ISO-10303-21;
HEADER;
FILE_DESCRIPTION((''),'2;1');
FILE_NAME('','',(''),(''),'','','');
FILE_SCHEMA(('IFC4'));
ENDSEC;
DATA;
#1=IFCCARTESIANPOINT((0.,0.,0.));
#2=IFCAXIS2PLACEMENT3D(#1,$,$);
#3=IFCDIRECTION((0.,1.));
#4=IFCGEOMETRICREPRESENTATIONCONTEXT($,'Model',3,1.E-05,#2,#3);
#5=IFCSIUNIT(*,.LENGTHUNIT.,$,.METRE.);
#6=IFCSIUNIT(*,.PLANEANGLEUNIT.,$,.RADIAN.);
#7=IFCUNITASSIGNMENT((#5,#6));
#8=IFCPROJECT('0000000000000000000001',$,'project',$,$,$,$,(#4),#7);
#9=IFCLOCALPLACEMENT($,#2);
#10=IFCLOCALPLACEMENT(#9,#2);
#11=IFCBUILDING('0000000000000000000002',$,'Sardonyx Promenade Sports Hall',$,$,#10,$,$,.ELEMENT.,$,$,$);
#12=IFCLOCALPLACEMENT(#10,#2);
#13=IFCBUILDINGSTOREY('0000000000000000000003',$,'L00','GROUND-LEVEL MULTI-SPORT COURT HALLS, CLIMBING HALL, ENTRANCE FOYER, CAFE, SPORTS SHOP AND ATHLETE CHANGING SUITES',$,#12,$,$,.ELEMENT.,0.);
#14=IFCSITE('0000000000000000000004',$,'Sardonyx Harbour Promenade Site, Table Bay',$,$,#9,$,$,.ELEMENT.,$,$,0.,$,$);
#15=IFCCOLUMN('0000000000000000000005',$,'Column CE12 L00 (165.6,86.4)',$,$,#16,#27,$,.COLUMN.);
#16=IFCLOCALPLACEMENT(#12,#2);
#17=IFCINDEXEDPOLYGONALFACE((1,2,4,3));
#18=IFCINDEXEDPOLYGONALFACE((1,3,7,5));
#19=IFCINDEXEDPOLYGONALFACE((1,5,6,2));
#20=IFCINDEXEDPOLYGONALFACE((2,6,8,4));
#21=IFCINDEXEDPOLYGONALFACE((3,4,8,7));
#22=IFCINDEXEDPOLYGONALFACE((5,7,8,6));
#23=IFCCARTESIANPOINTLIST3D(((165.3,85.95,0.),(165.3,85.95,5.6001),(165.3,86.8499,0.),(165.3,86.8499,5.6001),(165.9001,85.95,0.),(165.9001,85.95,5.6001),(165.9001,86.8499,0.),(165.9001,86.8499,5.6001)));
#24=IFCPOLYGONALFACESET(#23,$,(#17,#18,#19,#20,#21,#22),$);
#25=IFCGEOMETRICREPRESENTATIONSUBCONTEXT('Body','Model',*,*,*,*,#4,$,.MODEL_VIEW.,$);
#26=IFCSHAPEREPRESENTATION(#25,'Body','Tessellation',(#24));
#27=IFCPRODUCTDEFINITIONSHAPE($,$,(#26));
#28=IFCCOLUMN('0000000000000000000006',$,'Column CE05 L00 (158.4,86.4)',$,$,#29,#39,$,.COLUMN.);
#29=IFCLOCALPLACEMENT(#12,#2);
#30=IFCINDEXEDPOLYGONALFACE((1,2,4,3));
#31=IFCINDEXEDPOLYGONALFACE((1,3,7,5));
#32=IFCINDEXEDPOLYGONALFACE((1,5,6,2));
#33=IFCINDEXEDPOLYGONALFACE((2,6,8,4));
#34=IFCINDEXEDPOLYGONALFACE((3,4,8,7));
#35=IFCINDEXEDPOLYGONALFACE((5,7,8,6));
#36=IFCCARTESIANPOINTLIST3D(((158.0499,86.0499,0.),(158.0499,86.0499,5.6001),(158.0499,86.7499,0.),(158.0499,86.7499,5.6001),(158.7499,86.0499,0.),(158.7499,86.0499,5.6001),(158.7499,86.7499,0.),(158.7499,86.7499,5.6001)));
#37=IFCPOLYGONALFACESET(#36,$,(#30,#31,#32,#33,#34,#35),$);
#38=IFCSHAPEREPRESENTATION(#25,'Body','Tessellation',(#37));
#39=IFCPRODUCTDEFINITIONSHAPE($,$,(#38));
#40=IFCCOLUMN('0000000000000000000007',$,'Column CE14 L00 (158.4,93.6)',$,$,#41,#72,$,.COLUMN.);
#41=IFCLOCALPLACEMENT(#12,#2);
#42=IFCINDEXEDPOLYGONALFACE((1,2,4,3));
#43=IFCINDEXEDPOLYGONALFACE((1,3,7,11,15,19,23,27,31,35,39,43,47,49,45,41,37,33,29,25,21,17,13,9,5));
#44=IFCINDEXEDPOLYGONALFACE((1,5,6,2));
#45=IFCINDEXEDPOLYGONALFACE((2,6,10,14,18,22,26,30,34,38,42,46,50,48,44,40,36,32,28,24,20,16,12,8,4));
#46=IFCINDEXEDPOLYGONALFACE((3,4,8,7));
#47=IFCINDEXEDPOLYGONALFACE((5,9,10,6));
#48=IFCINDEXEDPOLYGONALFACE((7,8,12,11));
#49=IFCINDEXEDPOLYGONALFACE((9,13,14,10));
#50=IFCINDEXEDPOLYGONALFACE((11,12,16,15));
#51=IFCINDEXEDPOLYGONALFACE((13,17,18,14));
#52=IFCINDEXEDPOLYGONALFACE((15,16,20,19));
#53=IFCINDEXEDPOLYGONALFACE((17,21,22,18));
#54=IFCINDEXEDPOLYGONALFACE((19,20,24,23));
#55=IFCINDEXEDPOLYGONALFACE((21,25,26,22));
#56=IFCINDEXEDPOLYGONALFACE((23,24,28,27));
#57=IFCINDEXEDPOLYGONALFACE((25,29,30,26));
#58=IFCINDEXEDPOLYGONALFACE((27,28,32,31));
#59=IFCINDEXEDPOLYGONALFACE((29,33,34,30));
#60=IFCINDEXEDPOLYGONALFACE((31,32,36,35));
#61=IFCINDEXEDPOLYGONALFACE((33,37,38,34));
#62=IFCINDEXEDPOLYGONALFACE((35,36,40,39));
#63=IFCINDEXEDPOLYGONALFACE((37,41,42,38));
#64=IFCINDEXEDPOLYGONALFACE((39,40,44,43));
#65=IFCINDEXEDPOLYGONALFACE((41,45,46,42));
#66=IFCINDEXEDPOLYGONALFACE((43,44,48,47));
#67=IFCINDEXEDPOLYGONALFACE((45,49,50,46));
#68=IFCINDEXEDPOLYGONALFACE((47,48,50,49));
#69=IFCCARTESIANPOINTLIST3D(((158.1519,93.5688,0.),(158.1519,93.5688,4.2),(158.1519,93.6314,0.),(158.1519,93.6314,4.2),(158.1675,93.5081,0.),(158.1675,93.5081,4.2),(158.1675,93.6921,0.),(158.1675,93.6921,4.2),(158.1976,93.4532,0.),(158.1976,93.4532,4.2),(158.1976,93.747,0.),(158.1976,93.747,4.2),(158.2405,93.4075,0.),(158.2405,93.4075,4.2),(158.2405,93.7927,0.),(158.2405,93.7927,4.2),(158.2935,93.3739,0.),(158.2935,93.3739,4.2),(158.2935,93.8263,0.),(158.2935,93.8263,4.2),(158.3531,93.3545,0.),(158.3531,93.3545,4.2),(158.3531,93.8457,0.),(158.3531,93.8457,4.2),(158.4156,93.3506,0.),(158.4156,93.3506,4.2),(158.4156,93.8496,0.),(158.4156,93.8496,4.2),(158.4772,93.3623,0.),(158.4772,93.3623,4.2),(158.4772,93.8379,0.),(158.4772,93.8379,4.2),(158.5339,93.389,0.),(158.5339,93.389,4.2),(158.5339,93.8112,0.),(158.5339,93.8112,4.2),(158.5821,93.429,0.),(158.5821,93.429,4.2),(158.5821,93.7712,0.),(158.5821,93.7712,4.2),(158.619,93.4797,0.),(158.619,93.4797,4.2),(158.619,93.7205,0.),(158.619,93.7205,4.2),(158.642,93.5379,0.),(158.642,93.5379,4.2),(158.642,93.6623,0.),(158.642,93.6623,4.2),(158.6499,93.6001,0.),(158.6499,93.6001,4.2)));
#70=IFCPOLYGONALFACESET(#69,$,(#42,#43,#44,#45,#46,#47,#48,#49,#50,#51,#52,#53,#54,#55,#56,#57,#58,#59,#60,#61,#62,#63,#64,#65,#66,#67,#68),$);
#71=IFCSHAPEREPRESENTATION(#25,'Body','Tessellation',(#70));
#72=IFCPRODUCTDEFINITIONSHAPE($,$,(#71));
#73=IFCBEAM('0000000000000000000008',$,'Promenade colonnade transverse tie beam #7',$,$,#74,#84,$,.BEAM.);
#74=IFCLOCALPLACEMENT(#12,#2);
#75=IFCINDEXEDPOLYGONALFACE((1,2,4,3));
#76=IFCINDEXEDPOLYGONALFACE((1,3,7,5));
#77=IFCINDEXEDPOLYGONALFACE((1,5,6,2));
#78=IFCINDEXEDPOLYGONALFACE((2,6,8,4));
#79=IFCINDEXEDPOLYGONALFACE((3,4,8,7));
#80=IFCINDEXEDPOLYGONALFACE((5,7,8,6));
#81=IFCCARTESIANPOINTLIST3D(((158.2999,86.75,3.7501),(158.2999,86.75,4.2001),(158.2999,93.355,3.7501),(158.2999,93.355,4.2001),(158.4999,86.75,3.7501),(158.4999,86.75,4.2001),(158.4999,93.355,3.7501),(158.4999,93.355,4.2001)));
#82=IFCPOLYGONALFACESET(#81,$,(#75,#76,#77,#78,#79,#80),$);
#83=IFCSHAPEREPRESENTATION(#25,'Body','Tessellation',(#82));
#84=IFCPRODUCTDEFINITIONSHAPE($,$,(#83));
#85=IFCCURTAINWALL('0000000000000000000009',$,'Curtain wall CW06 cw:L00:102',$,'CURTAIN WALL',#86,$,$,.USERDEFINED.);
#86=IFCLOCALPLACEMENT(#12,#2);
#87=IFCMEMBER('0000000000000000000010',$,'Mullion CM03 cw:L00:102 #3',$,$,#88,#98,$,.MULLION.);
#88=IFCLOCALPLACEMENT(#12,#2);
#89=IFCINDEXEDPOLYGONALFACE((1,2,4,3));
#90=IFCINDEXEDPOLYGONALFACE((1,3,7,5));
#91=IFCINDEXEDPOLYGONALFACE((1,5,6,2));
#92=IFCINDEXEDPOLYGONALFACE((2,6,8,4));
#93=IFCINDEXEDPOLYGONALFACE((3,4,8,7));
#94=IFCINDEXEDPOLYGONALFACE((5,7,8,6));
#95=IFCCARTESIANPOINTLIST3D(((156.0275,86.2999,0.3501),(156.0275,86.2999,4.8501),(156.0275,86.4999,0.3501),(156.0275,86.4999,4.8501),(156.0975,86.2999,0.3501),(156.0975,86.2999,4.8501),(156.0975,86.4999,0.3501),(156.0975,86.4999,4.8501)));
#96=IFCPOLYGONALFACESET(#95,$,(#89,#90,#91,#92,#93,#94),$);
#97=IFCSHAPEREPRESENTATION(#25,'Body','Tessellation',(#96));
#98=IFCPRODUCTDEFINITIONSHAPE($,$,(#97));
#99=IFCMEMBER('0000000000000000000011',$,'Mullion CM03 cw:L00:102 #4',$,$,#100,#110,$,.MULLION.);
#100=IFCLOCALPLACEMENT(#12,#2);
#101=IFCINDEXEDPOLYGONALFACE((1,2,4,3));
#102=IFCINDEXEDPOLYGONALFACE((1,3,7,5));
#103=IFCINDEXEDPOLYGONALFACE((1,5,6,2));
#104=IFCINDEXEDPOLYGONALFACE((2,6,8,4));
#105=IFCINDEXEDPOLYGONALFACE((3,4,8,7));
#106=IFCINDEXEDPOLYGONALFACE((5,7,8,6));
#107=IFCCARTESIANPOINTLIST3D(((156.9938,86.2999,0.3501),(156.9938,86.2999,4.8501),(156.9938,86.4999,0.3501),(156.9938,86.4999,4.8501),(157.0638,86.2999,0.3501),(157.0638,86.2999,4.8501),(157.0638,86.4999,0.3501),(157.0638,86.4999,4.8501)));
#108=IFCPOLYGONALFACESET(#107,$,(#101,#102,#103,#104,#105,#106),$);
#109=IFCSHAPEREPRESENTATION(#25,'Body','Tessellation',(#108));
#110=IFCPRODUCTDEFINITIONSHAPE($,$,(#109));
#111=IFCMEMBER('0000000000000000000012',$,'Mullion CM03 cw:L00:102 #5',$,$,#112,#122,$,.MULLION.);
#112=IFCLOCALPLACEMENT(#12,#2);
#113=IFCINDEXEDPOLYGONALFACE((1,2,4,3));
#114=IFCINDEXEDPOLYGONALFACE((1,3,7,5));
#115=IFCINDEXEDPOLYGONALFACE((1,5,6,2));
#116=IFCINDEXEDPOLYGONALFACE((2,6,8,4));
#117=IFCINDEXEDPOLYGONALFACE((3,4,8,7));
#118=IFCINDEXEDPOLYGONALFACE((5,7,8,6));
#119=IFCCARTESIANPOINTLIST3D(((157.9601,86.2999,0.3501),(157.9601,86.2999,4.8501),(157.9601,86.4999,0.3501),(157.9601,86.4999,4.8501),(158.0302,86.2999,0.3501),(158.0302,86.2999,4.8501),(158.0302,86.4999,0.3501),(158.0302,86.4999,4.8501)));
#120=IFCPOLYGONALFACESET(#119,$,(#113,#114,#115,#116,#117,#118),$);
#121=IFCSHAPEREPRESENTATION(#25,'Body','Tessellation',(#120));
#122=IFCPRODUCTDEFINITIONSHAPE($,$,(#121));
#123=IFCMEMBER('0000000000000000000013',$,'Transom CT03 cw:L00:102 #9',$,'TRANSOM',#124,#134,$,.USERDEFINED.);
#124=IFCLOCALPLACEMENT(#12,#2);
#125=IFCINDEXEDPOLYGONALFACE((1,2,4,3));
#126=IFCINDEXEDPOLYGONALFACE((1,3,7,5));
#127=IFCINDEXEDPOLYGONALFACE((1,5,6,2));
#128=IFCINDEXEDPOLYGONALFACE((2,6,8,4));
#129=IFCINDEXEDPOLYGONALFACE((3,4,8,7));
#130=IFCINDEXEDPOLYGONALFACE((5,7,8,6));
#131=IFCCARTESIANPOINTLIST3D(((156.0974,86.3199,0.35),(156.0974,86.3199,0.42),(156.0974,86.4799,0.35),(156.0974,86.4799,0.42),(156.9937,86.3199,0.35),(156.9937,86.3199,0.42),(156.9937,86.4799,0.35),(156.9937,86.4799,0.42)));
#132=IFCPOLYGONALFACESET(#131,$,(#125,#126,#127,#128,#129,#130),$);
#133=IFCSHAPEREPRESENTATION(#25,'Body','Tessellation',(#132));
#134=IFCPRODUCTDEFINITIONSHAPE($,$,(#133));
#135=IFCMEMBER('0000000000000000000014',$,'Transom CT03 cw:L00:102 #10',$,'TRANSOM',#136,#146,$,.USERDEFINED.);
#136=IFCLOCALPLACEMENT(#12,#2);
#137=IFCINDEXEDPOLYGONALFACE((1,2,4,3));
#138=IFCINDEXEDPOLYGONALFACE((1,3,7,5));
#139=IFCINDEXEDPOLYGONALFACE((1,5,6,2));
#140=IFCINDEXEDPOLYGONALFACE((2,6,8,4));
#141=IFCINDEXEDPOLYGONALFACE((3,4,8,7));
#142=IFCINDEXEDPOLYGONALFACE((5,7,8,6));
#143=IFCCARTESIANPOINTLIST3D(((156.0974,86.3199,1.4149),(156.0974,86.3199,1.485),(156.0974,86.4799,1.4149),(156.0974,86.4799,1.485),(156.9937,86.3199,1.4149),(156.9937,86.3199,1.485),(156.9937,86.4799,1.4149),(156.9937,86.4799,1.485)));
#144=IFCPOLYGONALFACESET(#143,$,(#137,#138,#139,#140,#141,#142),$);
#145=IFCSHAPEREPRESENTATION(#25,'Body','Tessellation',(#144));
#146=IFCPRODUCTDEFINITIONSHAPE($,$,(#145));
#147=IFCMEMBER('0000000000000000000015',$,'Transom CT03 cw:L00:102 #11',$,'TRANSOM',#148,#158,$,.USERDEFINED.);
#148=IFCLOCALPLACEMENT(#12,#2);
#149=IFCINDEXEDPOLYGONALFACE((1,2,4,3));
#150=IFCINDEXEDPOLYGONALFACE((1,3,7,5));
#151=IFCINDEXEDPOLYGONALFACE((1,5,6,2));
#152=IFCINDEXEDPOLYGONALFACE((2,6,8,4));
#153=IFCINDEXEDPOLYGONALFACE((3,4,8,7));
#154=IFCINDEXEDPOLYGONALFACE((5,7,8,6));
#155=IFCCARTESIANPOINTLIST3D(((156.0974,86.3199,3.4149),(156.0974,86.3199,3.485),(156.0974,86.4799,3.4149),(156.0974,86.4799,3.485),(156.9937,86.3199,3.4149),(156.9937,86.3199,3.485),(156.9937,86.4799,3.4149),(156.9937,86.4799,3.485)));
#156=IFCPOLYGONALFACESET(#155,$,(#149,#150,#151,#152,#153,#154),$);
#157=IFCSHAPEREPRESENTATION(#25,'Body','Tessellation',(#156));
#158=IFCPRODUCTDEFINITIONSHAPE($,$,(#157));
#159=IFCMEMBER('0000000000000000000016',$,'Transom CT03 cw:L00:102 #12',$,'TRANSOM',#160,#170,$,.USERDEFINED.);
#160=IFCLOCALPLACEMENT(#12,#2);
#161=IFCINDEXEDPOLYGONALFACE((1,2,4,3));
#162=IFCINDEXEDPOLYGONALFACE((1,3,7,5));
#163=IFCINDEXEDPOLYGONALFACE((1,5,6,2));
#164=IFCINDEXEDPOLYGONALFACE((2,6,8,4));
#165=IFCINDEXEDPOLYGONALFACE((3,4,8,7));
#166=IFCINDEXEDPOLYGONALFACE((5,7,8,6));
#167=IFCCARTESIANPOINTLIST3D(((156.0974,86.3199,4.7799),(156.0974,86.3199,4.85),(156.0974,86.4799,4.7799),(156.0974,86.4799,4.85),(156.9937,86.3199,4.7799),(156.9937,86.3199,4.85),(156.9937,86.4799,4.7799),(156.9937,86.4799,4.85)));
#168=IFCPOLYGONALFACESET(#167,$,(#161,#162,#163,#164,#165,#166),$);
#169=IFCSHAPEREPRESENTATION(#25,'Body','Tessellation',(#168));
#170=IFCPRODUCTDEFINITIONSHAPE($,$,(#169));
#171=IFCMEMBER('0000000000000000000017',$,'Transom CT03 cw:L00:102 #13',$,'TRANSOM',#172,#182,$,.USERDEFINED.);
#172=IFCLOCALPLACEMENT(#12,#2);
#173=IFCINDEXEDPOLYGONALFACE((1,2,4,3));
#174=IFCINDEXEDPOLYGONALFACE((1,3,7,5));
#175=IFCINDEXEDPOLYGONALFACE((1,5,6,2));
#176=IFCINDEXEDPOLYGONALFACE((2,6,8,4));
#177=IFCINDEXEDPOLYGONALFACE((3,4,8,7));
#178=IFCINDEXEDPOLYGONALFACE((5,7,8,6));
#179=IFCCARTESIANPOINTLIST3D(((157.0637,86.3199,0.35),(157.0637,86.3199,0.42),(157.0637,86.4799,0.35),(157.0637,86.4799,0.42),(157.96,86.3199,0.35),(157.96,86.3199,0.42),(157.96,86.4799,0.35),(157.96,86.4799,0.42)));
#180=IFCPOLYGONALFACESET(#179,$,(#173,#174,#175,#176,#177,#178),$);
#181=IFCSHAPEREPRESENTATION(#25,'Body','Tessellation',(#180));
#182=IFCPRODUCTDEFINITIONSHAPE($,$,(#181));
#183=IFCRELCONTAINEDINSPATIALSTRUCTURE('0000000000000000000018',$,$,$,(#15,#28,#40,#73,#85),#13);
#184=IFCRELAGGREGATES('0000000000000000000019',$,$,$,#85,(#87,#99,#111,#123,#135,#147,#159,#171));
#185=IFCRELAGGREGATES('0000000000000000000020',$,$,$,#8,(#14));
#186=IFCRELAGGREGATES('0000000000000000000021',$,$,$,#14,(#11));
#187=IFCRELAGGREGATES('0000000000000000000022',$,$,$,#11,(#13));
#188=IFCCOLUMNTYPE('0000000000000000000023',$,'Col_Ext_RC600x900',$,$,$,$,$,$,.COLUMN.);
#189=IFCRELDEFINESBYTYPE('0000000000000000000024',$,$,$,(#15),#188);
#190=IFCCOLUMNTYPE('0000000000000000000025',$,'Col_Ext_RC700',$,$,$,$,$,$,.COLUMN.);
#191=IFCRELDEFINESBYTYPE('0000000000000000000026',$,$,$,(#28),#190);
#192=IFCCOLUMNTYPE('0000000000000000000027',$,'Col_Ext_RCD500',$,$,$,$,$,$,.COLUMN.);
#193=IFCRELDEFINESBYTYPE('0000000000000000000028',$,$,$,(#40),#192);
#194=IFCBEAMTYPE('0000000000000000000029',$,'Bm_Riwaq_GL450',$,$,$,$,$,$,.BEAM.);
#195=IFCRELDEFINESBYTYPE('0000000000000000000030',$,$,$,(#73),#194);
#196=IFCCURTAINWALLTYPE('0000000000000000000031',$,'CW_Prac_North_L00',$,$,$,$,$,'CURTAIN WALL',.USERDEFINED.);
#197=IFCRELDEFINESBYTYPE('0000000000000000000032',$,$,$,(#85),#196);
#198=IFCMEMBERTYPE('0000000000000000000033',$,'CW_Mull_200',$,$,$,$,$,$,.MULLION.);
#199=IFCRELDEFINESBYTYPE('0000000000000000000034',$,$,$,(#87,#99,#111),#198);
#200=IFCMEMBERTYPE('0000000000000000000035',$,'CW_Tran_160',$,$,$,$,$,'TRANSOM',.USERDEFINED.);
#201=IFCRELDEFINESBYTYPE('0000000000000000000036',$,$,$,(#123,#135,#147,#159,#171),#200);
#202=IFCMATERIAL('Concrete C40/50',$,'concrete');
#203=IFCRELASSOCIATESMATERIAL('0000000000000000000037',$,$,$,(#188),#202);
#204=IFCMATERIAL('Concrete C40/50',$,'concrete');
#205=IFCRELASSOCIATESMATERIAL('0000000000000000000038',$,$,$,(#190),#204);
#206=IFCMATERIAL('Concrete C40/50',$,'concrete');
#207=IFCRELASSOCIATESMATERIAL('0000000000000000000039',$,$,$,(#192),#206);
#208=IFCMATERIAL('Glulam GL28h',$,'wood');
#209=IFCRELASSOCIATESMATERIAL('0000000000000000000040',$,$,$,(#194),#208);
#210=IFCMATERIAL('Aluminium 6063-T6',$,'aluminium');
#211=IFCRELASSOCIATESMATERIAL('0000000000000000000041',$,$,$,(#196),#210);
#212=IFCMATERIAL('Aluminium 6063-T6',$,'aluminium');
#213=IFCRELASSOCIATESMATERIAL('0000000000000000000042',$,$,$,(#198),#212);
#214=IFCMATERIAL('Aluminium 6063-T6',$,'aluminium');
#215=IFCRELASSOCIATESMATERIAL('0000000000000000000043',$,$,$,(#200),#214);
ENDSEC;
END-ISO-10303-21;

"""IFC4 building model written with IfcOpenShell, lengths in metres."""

from ifc_helpers import new_model, si_unit, direction, frame, origin, origin_2d, place, context, subcontext, project, spatial, rectangle, circle, extrude, material, material_profile, profile_set, type_object, element, aggregate, save


model = new_model("IFC4")

# Units and contexts
model_context = context("Model", 3, precision=1e-05, world=origin(), true_north=direction((0.0, 1.0)))
body_context = subcontext(model_context, "Body", "Model", "MODEL_VIEW")
ifc_project = project(units=[si_unit("LENGTHUNIT", "METRE"), si_unit("PLANEANGLEUNIT", "RADIAN")], contexts=[model_context])

# Site, building, storey
site_placement = place(None, origin())
site = spatial("IfcSite", under=ifc_project, at=site_placement, Name="Sardonyx Harbour Promenade Site, Table Bay", CompositionType="ELEMENT", RefElevation=0.0)
building_placement = place(site_placement, origin())
building = spatial("IfcBuilding", under=site, at=building_placement, Name="Sardonyx Promenade Sports Hall", CompositionType="ELEMENT")
storey_placement = place(building_placement, origin())
storey = spatial("IfcBuildingStorey", under=building, at=storey_placement, Name="L00", Description="GROUND-LEVEL MULTI-SPORT COURT HALLS, CLIMBING HALL, ENTRANCE FOYER, CAFE, SPORTS SHOP AND ATHLETE CHANGING SUITES", CompositionType="ELEMENT", Elevation=0.0)

# Columns
ifc_material_1 = material(Name="Concrete C40/50", Category="concrete")
ifc_material_profile_1 = material_profile(ifc_material_1, rectangle(XDim=0.6001, YDim=0.8999, at=origin_2d()))
ifc_profile_set_1 = profile_set([ifc_material_profile_1], Name="Concrete C40/50")
column_type_1 = type_object("IfcColumnType", Name="Col_Ext_RC600x900", PredefinedType="COLUMN", material=ifc_profile_set_1)
column_1_placement = place(storey_placement, frame((165.6001, 86.3999, 0.0), z_axis=(0.0, 0.0, 1.0), x_axis=(1.0, 0.0, 0.0)))
element("IfcColumn", 1, at=column_1_placement, inside=storey, type_object=column_type_1, Name="Column CE12 L00 (165.6,86.4)", PredefinedType="COLUMN", context=body_context, shape_type="SweptSolid", body=[
    extrude(rectangle(XDim=0.6001, YDim=0.8999, at=origin_2d()), origin(), (0.0, 0.0, 1.0), 5.6001),
])
ifc_material_2 = material(Name="Concrete C40/50", Category="concrete")
ifc_material_profile_2 = material_profile(ifc_material_2, rectangle(XDim=0.7, YDim=0.7, at=origin_2d()))
ifc_profile_set_2 = profile_set([ifc_material_profile_2], Name="Concrete C40/50")
column_type_2 = type_object("IfcColumnType", Name="Col_Ext_RC700", PredefinedType="COLUMN", material=ifc_profile_set_2)
column_2_placement = place(storey_placement, frame((158.3999, 86.3999, 0.0), z_axis=(0.0, 0.0, 1.0), x_axis=(1.0, 0.0, 0.0)))
element("IfcColumn", 2, at=column_2_placement, inside=storey, type_object=column_type_2, Name="Column CE05 L00 (158.4,86.4)", PredefinedType="COLUMN", context=body_context, shape_type="SweptSolid", body=[
    extrude(rectangle(XDim=0.7, YDim=0.7, at=origin_2d()), origin(), (0.0, 0.0, 1.0), 5.6001),
])
ifc_material_3 = material(Name="Concrete C40/50", Category="concrete")
ifc_material_profile_3 = material_profile(ifc_material_3, circle(Radius=0.25, at=origin_2d()))
ifc_profile_set_3 = profile_set([ifc_material_profile_3], Name="Concrete C40/50")
column_type_3 = type_object("IfcColumnType", Name="Col_Ext_RCD500", PredefinedType="COLUMN", material=ifc_profile_set_3)
column_3_placement = place(storey_placement, frame((158.3999, 93.6001, 0.0), z_axis=(0.0, 0.0, 1.0), x_axis=(1.0, 0.0, 0.0)))
element("IfcColumn", 3, at=column_3_placement, inside=storey, type_object=column_type_3, Name="Column CE14 L00 (158.4,93.6)", PredefinedType="COLUMN", context=body_context, shape_type="SweptSolid", body=[
    extrude(circle(Radius=0.25, at=origin_2d()), origin(), (0.0, 0.0, 1.0), 4.2),
])

# Beam
ifc_material_4 = material(Name="Glulam GL28h", Category="wood")
ifc_material_profile_4 = material_profile(ifc_material_4, rectangle(XDim=0.2, YDim=0.45, at=origin_2d()))
ifc_profile_set_4 = profile_set([ifc_material_profile_4], Name="Glulam GL28h")
beam_type = type_object("IfcBeamType", Name="Bm_Riwaq_GL450", PredefinedType="BEAM", material=ifc_profile_set_4)
beam_placement = place(storey_placement, frame((158.3999, 86.75, 3.9751), z_axis=(0.0, 1.0, 0.0), x_axis=(-1.0, 0.0, 0.0)))
element("IfcBeam", 4, at=beam_placement, inside=storey, type_object=beam_type, Name="Promenade colonnade transverse tie beam #7", PredefinedType="BEAM", context=body_context, shape_type="SweptSolid", body=[
    extrude(rectangle(XDim=0.2, YDim=0.45, at=origin_2d()), origin(), (0.0, 0.0, 1.0), 6.605),
])

# Curtain wall, members
ifc_material_5 = material(Name="Aluminium 6063-T6", Category="aluminium")
curtain_wall_type = type_object("IfcCurtainWallType", Name="CW_Prac_North_L00", ElementType="CURTAIN WALL", PredefinedType="USERDEFINED", material=ifc_material_5)
curtain_wall_placement = place(storey_placement, origin())
curtain_wall = element("IfcCurtainWall", 5, at=curtain_wall_placement, inside=storey, type_object=curtain_wall_type, Name="Curtain wall CW06 cw:L00:102", ObjectType="CURTAIN WALL", PredefinedType="USERDEFINED")
ifc_material_6 = material(Name="Aluminium 6063-T6", Category="aluminium")
ifc_material_profile_5 = material_profile(ifc_material_6, rectangle(XDim=0.0701, YDim=0.2, at=origin_2d()))
ifc_profile_set_5 = profile_set([ifc_material_profile_5], Name="Aluminium 6063-T6")
member_type_1 = type_object("IfcMemberType", Name="CW_Mull_200", PredefinedType="MULLION", material=ifc_profile_set_5)
member_1_placement = place(storey_placement, frame((156.0625, 86.3999, 0.3501), z_axis=(0.0, 0.0, 1.0), x_axis=(1.0, 0.0, 0.0)))
member_1 = element("IfcMember", 6, at=member_1_placement, type_object=member_type_1, Name="Mullion CM03 cw:L00:102 #3", PredefinedType="MULLION", context=body_context, shape_type="SweptSolid", body=[
    extrude(rectangle(XDim=0.0701, YDim=0.2, at=origin_2d()), origin(), (0.0, 0.0, 1.0), 4.5),
])
member_2_placement = place(storey_placement, frame((157.0288, 86.3999, 0.3501), z_axis=(0.0, 0.0, 1.0), x_axis=(1.0, 0.0, 0.0)))
member_2 = element("IfcMember", 7, at=member_2_placement, type_object=member_type_1, Name="Mullion CM03 cw:L00:102 #4", PredefinedType="MULLION", context=body_context, shape_type="SweptSolid", body=[
    extrude(rectangle(XDim=0.0701, YDim=0.2, at=origin_2d()), origin(), (0.0, 0.0, 1.0), 4.5),
])
member_3_placement = place(storey_placement, frame((157.9951, 86.3999, 0.3501), z_axis=(0.0, 0.0, 1.0), x_axis=(1.0, 0.0, 0.0)))
member_3 = element("IfcMember", 8, at=member_3_placement, type_object=member_type_1, Name="Mullion CM03 cw:L00:102 #5", PredefinedType="MULLION", context=body_context, shape_type="SweptSolid", body=[
    extrude(rectangle(XDim=0.0701, YDim=0.2, at=origin_2d()), origin(), (0.0, 0.0, 1.0), 4.5),
])
ifc_material_7 = material(Name="Aluminium 6063-T6", Category="aluminium")
ifc_material_profile_6 = material_profile(ifc_material_7, rectangle(XDim=0.0701, YDim=0.1599, at=origin_2d()))
ifc_profile_set_6 = profile_set([ifc_material_profile_6], Name="Aluminium 6063-T6")
member_type_2 = type_object("IfcMemberType", Name="CW_Tran_160", ElementType="TRANSOM", PredefinedType="USERDEFINED", material=ifc_profile_set_6)
member_4_placement = place(storey_placement, frame((156.0974, 86.3999, 0.385), z_axis=(1.0, 0.0, 0.0), x_axis=(0.0, 0.0, 1.0)))
member_4 = element("IfcMember", 9, at=member_4_placement, type_object=member_type_2, Name="Transom CT03 cw:L00:102 #9", ObjectType="TRANSOM", PredefinedType="USERDEFINED", context=body_context, shape_type="SweptSolid", body=[
    extrude(rectangle(XDim=0.0701, YDim=0.1599, at=origin_2d()), origin(), (0.0, 0.0, 1.0), 0.8962),
])
member_5_placement = place(storey_placement, frame((156.0974, 86.3999, 1.45), z_axis=(1.0, 0.0, 0.0), x_axis=(0.0, 0.0, 1.0)))
member_5 = element("IfcMember", 10, at=member_5_placement, type_object=member_type_2, Name="Transom CT03 cw:L00:102 #10", ObjectType="TRANSOM", PredefinedType="USERDEFINED", context=body_context, shape_type="SweptSolid", body=[
    extrude(rectangle(XDim=0.0701, YDim=0.1599, at=origin_2d()), origin(), (0.0, 0.0, 1.0), 0.8962),
])
member_6_placement = place(storey_placement, frame((156.0974, 86.3999, 3.45), z_axis=(1.0, 0.0, 0.0), x_axis=(0.0, 0.0, 1.0)))
member_6 = element("IfcMember", 11, at=member_6_placement, type_object=member_type_2, Name="Transom CT03 cw:L00:102 #11", ObjectType="TRANSOM", PredefinedType="USERDEFINED", context=body_context, shape_type="SweptSolid", body=[
    extrude(rectangle(XDim=0.0701, YDim=0.1599, at=origin_2d()), origin(), (0.0, 0.0, 1.0), 0.8962),
])
member_7_placement = place(storey_placement, frame((156.0974, 86.3999, 4.8149), z_axis=(1.0, 0.0, 0.0), x_axis=(0.0, 0.0, 1.0)))
member_7 = element("IfcMember", 12, at=member_7_placement, type_object=member_type_2, Name="Transom CT03 cw:L00:102 #12", ObjectType="TRANSOM", PredefinedType="USERDEFINED", context=body_context, shape_type="SweptSolid", body=[
    extrude(rectangle(XDim=0.0701, YDim=0.1599, at=origin_2d()), origin(), (0.0, 0.0, 1.0), 0.8962),
])
member_8_placement = place(storey_placement, frame((157.0637, 86.3999, 0.385), z_axis=(1.0, 0.0, 0.0), x_axis=(0.0, 0.0, 1.0)))
member_8 = element("IfcMember", 13, at=member_8_placement, type_object=member_type_2, Name="Transom CT03 cw:L00:102 #13", ObjectType="TRANSOM", PredefinedType="USERDEFINED", context=body_context, shape_type="SweptSolid", body=[
    extrude(rectangle(XDim=0.0701, YDim=0.1599, at=origin_2d()), origin(), (0.0, 0.0, 1.0), 0.8962),
])
aggregate(curtain_wall, [member_1, member_2, member_3, member_4, member_5, member_6, member_7, member_8])

save(model, "model.ifc")
